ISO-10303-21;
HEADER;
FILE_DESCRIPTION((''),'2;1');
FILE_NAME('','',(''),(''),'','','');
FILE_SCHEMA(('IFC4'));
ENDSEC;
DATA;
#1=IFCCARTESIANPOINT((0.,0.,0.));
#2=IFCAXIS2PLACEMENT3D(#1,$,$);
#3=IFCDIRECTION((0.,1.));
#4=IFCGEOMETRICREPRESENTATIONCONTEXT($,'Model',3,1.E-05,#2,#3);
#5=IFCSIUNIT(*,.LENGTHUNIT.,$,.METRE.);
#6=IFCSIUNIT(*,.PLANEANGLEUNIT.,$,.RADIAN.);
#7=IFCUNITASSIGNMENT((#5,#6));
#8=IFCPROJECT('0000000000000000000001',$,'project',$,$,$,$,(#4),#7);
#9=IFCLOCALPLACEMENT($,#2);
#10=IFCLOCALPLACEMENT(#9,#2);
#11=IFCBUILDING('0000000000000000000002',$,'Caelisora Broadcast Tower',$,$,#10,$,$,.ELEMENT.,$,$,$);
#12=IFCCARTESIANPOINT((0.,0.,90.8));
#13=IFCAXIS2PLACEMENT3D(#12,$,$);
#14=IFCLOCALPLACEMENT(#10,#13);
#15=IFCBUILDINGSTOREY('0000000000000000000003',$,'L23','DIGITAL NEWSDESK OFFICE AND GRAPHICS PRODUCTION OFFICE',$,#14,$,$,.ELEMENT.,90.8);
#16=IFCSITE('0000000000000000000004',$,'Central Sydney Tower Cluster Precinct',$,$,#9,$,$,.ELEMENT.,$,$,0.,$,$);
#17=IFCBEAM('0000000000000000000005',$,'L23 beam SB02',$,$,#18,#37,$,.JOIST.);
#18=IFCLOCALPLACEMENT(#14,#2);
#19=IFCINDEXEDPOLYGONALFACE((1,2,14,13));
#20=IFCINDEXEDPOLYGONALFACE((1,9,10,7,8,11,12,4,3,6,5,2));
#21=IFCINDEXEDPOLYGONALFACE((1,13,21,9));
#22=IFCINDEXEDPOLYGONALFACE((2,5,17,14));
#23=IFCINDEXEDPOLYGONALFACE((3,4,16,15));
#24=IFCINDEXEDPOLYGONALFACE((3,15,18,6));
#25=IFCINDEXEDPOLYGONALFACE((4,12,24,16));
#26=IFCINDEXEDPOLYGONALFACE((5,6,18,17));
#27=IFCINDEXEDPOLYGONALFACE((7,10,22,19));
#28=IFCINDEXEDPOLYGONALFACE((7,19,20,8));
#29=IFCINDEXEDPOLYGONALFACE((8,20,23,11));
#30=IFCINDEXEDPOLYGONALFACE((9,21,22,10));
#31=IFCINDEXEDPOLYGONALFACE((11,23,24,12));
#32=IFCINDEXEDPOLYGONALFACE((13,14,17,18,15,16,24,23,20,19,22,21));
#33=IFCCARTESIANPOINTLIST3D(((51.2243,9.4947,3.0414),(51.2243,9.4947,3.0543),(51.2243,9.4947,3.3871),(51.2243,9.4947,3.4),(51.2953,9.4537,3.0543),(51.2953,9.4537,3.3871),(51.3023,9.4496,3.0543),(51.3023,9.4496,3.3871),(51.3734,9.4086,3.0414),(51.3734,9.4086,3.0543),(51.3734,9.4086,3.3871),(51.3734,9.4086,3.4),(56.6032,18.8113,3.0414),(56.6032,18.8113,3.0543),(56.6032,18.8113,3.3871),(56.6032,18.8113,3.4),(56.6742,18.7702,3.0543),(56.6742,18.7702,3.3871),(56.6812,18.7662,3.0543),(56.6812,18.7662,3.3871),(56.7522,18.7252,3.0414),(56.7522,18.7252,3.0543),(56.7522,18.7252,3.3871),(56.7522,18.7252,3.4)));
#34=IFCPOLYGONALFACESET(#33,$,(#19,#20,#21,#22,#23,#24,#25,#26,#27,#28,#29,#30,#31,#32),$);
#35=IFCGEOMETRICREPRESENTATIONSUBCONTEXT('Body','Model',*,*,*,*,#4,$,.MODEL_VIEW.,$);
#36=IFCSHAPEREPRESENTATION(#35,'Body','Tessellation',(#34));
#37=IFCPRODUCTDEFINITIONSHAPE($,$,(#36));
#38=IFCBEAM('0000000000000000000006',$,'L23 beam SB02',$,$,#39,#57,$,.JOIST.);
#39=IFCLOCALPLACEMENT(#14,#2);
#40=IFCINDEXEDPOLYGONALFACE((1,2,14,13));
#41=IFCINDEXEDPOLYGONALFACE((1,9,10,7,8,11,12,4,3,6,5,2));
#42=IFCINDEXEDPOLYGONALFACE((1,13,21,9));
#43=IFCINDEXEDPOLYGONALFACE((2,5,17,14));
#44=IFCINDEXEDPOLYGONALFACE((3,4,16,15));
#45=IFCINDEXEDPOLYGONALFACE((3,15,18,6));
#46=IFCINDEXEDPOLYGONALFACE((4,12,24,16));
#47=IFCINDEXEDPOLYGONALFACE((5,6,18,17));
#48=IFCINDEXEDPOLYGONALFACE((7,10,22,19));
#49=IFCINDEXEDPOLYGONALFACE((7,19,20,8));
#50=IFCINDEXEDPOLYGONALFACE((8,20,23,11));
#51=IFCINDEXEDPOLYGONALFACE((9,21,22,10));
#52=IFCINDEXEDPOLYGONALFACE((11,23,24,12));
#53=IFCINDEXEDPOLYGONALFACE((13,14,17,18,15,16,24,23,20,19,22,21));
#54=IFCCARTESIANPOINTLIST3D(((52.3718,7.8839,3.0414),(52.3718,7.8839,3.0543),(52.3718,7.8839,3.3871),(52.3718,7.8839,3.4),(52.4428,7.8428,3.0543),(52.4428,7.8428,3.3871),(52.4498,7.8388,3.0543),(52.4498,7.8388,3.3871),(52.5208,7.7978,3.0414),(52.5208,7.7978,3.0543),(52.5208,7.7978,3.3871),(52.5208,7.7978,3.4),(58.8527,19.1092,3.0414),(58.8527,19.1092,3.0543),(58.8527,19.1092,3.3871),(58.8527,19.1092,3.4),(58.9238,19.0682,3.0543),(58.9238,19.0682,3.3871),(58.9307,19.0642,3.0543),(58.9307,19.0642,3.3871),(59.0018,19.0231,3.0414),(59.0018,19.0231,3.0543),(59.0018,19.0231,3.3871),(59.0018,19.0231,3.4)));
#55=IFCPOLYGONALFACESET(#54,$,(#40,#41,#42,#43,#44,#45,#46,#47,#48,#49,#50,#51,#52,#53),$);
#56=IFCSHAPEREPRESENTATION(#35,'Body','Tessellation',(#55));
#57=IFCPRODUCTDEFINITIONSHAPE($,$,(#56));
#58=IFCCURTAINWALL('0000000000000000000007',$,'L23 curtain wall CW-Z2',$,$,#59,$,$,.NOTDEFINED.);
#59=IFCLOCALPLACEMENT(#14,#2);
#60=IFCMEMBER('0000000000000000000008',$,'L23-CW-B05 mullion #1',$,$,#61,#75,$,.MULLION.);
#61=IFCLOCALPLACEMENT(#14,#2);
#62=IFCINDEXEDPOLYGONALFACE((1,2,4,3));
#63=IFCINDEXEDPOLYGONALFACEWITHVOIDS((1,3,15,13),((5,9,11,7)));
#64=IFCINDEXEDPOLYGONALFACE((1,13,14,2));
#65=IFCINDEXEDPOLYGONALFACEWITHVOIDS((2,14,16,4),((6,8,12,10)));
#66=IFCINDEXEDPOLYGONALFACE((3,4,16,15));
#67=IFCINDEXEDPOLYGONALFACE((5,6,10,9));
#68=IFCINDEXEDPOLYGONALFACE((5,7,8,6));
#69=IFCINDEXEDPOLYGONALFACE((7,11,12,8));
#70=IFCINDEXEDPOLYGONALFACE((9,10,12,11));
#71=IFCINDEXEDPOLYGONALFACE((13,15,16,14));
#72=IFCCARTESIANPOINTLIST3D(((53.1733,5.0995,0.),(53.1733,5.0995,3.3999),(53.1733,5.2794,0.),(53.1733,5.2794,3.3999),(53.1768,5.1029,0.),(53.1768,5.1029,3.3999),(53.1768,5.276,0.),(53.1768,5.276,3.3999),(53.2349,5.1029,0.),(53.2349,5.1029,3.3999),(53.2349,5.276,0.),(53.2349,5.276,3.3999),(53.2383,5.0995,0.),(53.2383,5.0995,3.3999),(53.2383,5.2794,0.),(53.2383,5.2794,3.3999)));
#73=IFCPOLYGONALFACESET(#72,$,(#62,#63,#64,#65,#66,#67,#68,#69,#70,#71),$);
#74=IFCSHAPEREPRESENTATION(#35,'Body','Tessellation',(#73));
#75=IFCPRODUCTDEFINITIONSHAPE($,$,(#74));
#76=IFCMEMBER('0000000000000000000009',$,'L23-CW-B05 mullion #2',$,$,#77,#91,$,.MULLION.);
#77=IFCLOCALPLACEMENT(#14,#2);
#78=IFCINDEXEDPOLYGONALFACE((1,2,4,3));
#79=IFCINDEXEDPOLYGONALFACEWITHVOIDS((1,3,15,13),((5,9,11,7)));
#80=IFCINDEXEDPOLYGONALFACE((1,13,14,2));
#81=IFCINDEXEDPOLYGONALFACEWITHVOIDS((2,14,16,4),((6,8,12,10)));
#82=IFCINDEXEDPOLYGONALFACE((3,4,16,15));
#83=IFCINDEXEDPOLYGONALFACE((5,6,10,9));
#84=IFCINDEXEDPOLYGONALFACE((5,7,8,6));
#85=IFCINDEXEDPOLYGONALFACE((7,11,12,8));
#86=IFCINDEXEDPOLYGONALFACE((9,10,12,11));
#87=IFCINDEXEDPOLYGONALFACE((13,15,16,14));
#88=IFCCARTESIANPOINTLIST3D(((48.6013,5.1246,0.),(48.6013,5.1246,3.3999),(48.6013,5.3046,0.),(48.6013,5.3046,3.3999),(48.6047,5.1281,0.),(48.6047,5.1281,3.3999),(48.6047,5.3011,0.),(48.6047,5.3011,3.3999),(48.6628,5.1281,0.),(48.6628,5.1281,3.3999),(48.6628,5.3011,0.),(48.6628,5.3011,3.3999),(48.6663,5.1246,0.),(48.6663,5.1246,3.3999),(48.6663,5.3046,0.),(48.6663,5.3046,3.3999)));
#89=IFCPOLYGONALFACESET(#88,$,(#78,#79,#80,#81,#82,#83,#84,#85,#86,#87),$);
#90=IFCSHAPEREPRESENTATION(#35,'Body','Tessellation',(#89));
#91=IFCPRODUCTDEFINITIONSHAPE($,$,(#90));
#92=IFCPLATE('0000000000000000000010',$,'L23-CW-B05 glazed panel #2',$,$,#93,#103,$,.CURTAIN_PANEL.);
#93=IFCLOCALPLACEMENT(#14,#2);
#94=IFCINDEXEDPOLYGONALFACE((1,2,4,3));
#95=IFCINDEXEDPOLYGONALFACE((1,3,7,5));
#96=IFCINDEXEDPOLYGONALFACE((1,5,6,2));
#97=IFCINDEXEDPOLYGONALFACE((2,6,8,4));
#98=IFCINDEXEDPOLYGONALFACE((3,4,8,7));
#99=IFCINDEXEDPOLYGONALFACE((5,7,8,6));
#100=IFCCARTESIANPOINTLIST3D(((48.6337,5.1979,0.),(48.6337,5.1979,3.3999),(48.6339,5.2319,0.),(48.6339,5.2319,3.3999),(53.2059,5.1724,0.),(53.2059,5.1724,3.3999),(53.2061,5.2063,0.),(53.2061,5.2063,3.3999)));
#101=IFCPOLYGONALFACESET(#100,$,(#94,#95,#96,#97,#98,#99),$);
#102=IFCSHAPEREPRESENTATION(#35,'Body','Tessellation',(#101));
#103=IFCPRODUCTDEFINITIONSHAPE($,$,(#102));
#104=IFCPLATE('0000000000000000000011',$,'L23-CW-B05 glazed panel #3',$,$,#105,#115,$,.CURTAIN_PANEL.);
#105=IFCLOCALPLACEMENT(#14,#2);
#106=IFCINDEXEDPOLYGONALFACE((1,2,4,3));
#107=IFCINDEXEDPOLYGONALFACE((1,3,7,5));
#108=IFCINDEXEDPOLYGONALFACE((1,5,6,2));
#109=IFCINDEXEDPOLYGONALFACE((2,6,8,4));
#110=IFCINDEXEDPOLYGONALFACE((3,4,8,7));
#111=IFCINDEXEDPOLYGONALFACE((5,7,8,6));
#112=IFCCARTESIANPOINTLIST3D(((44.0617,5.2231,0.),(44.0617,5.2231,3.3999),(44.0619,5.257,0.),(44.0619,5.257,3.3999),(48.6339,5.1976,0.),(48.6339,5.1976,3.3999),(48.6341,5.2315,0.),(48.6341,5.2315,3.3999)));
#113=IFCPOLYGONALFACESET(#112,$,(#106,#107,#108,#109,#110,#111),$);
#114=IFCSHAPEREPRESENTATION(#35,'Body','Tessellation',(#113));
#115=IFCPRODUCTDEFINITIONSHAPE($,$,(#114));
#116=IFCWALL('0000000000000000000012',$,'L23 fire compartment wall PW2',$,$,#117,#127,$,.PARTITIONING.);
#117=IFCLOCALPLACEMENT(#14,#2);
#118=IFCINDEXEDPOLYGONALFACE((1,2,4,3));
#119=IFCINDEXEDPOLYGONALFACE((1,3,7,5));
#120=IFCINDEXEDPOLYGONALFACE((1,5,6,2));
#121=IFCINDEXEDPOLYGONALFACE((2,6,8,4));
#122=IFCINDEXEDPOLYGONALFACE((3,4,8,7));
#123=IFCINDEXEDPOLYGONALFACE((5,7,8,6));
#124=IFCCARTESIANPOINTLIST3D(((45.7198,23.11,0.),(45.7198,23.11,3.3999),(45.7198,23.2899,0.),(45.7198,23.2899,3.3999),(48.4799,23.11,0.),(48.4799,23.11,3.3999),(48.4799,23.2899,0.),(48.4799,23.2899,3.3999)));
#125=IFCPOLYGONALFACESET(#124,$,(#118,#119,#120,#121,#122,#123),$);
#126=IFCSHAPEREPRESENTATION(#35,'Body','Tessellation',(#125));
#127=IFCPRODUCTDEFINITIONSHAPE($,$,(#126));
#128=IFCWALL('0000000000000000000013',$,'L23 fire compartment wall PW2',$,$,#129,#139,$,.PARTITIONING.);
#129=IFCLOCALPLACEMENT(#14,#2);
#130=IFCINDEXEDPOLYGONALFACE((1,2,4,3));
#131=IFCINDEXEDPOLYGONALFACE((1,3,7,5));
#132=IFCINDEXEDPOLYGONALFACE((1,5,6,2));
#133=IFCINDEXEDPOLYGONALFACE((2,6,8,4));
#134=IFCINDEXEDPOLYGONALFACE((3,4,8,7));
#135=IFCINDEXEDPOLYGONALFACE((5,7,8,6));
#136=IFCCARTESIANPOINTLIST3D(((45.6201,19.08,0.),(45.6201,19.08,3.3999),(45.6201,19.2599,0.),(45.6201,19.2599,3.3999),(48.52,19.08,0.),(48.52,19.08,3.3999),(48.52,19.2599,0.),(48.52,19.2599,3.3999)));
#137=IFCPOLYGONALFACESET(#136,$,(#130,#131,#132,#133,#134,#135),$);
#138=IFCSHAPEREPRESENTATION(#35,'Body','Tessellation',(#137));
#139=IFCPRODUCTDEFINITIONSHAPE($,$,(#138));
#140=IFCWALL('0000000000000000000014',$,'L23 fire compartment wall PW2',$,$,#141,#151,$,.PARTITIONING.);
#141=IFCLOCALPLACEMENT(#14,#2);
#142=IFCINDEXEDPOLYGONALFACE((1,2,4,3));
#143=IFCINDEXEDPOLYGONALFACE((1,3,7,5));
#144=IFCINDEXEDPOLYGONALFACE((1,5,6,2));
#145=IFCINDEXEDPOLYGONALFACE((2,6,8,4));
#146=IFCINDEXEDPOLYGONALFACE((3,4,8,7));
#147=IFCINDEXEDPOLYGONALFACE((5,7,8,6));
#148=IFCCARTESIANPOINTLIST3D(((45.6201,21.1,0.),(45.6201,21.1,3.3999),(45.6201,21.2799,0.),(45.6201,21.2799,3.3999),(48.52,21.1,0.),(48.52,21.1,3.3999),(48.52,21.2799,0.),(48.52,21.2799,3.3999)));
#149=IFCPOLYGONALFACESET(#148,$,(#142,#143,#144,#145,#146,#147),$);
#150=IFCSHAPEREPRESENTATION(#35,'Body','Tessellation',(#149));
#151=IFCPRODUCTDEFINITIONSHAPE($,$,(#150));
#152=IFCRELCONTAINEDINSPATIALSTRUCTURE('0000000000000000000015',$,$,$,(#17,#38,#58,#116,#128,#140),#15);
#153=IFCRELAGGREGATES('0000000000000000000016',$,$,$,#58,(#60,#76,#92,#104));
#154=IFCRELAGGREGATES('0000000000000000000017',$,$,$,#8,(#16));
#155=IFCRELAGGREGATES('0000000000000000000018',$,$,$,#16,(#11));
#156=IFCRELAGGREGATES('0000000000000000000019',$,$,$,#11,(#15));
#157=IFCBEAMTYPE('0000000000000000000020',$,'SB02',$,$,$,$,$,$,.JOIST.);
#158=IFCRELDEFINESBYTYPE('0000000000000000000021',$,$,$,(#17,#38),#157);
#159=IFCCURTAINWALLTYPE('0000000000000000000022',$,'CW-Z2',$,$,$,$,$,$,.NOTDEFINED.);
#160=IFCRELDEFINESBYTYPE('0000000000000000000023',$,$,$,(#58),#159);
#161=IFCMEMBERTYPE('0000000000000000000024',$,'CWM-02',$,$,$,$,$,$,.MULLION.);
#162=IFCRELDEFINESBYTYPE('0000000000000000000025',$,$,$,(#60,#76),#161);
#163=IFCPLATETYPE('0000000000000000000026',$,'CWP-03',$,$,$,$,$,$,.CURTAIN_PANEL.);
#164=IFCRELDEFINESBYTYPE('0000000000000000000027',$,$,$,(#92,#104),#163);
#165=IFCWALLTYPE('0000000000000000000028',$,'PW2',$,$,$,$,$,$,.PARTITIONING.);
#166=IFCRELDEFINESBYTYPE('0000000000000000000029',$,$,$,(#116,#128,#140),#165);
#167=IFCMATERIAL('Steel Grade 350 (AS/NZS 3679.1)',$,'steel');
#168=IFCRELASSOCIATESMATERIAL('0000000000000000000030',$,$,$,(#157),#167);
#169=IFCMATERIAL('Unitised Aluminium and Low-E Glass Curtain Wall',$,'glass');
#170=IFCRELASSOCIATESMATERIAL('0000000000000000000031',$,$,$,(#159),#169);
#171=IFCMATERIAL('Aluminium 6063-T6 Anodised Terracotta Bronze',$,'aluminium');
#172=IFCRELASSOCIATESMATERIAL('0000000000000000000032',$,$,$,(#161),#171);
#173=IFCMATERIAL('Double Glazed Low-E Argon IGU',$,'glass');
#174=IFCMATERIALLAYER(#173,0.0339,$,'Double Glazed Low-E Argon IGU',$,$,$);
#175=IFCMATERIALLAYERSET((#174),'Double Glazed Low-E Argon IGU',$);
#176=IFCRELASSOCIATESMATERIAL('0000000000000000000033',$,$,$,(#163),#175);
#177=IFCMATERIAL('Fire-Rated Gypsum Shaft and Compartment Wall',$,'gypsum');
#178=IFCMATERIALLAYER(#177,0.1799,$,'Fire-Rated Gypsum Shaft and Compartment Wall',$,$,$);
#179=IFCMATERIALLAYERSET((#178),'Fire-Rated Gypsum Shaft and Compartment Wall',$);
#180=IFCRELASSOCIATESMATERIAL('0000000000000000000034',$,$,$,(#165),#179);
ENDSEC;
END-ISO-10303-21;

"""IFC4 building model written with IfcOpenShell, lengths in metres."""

from ifc_helpers import new_model, si_unit, direction, frame, frame_2d, origin, origin_2d, place, context, subcontext, project, spatial, rectangle, hollow_rectangle, i_section, extrude, source, transform, mapped, material, layer, layer_set, material_profile, profile_set, type_object, type_shapes, element, aggregate, save


model = new_model("IFC4")

# Units and contexts
model_context = context("Model", 3, precision=1e-05, world=origin(), true_north=direction((0.0, 1.0)))
body_context = subcontext(model_context, "Body", "Model", "MODEL_VIEW")
ifc_project = project(units=[si_unit("LENGTHUNIT", "METRE"), si_unit("PLANEANGLEUNIT", "RADIAN")], contexts=[model_context])

# Site, building, storey
site_placement = place(None, origin())
site = spatial("IfcSite", under=ifc_project, at=site_placement, Name="Central Sydney Tower Cluster Precinct", CompositionType="ELEMENT", RefElevation=0.0)
building_placement = place(site_placement, origin())
building = spatial("IfcBuilding", under=site, at=building_placement, Name="Caelisora Broadcast Tower", CompositionType="ELEMENT")
storey_placement = place(building_placement, frame((0.0, 0.0, 90.8)))
storey = spatial("IfcBuildingStorey", under=building, at=storey_placement, Name="L23", Description="DIGITAL NEWSDESK OFFICE AND GRAPHICS PRODUCTION OFFICE", CompositionType="ELEMENT", Elevation=90.8)

# Beams
ifc_material_1 = material(Name="Steel Grade 350 (AS/NZS 3679.1)", Category="steel")
ifc_material_profile_1 = material_profile(ifc_material_1, i_section(OverallWidth=0.1721, OverallDepth=0.3586, WebThickness=0.0081, FlangeThickness=0.0129, at=origin_2d()), Name="Steel Grade 350 (AS/NZS 3679.1)")
ifc_profile_set_1 = profile_set([ifc_material_profile_1], Name="Steel Grade 350 (AS/NZS 3679.1)")
beam_type_1 = type_object("IfcBeamType", Name="SB02", PredefinedType="JOIST", material=ifc_profile_set_1)
shared_shape_1 = source(origin(), body_context, "Body", "SweptSolid", [
    extrude(i_section(OverallWidth=0.1721, OverallDepth=0.3586, WebThickness=0.0081, FlangeThickness=0.0129, at=origin_2d()), origin(), (0.0, 0.0, 1.0), 10.7578),
])
beam_1_placement = place(storey_placement, frame((51.2988, 9.4517, 3.2207), z_axis=(0.499996, 0.866028, 0.0), x_axis=(-0.866028, 0.499996, 0.0)))
element("IfcBeam", 1, at=beam_1_placement, inside=storey, type_object=beam_type_1, Name="L23 beam SB02", PredefinedType="JOIST", context=body_context, shape_type="MappedRepresentation", body=[
    mapped(shared_shape_1, transform((0.0, 0.0, 0.0), scale=1.0)),
])
shared_shape_2 = source(origin(), body_context, "Body", "SweptSolid", [
    extrude(i_section(OverallWidth=0.1721, OverallDepth=0.3586, WebThickness=0.0081, FlangeThickness=0.0129, at=origin_2d()), origin(), (0.0, 0.0, 1.0), 12.9619),
])
beam_2_placement = place(storey_placement, frame((52.4463, 7.8408, 3.2207), z_axis=(0.5, 0.866025, 0.0), x_axis=(-0.866025, 0.5, 0.0)))
element("IfcBeam", 2, at=beam_2_placement, inside=storey, type_object=beam_type_1, Name="L23 beam SB02", PredefinedType="JOIST", context=body_context, shape_type="MappedRepresentation", body=[
    mapped(shared_shape_2, transform((0.0, 0.0, 0.0), scale=1.0)),
])

# Curtain wall, members, plates
ifc_material_2 = material(Name="Unitised Aluminium and Low-E Glass Curtain Wall", Category="glass")
curtain_wall_type = type_object("IfcCurtainWallType", Name="CW-Z2", PredefinedType="NOTDEFINED", material=ifc_material_2)
curtain_wall_placement = place(storey_placement, origin())
curtain_wall = element("IfcCurtainWall", 3, at=curtain_wall_placement, inside=storey, type_object=curtain_wall_type, Name="L23 curtain wall CW-Z2", PredefinedType="NOTDEFINED")
ifc_material_3 = material(Name="Aluminium 6063-T6 Anodised Terracotta Bronze", Category="aluminium")
ifc_material_profile_2 = material_profile(ifc_material_3, hollow_rectangle(XDim=0.0649, YDim=0.1799, WallThickness=0.0034, at=origin_2d()), Name="Aluminium 6063-T6 Anodised Terracotta Bronze")
ifc_profile_set_2 = profile_set([ifc_material_profile_2], Name="Aluminium 6063-T6 Anodised Terracotta Bronze")
member_type = type_object("IfcMemberType", Name="CWM-02", PredefinedType="MULLION", material=ifc_profile_set_2)
shared_shape_3 = source(origin(), body_context, "Body", "SweptSolid", [
    extrude(hollow_rectangle(XDim=0.0649, YDim=0.1799, WallThickness=0.0034, at=origin_2d()), origin(), (0.0, 0.0, 1.0), 3.3999),
])
type_shapes(member_type, [shared_shape_3])
member_1_placement = place(storey_placement, frame((53.2058, 5.1895, 0.0), z_axis=(0.0, 0.0, 1.0), x_axis=(1.0, 0.0, 0.0)))
member_1 = element("IfcMember", 4, at=member_1_placement, type_object=member_type, Name="L23-CW-B05 mullion #1", PredefinedType="MULLION", context=body_context, shape_type="MappedRepresentation", body=[
    mapped(shared_shape_3, transform((0.0, 0.0, 0.0), scale=1.0)),
])
member_2_placement = place(storey_placement, frame((48.6338, 5.2146, 0.0), z_axis=(0.0, 0.0, 1.0), x_axis=(1.0, 0.0, 0.0)))
member_2 = element("IfcMember", 5, at=member_2_placement, type_object=member_type, Name="L23-CW-B05 mullion #2", PredefinedType="MULLION", context=body_context, shape_type="MappedRepresentation", body=[
    mapped(shared_shape_3, transform((0.0, 0.0, 0.0), scale=1.0)),
])
ifc_material_4 = material(Name="Double Glazed Low-E Argon IGU", Category="glass")
ifc_layer_1 = layer(ifc_material_4, 0.0339, Name="Double Glazed Low-E Argon IGU")
ifc_layer_set_1 = layer_set([ifc_layer_1], Name="Double Glazed Low-E Argon IGU")
plate_type = type_object("IfcPlateType", Name="CWP-03", PredefinedType="CURTAIN_PANEL", material=ifc_layer_set_1)
shared_shape_4 = source(origin(), body_context, "Body", "SweptSolid", [
    extrude(rectangle(XDim=4.5723, YDim=0.0339, at=origin_2d()), origin(), (0.0, 0.0, 1.0), 3.3999),
])
type_shapes(plate_type, [shared_shape_4])
plate_1_placement = place(storey_placement, frame((50.9199, 5.2021, 0.0), z_axis=(0.0, 0.0, 1.0), x_axis=(-0.999984, 0.005585, 0.0)))
plate_1 = element("IfcPlate", 6, at=plate_1_placement, type_object=plate_type, Name="L23-CW-B05 glazed panel #2", PredefinedType="CURTAIN_PANEL", context=body_context, shape_type="MappedRepresentation", body=[
    mapped(shared_shape_4, transform((0.0, 0.0, 0.0), scale=1.0)),
])
plate_2_placement = place(storey_placement, frame((46.3479, 5.2273, 0.0), z_axis=(0.0, 0.0, 1.0), x_axis=(-0.999984, 0.005585, 0.0)))
plate_2 = element("IfcPlate", 7, at=plate_2_placement, type_object=plate_type, Name="L23-CW-B05 glazed panel #3", PredefinedType="CURTAIN_PANEL", context=body_context, shape_type="MappedRepresentation", body=[
    mapped(shared_shape_4, transform((0.0, 0.0, 0.0), scale=1.0)),
])
aggregate(curtain_wall, [member_1, member_2, plate_1, plate_2])

# Walls
ifc_material_5 = material(Name="Fire-Rated Gypsum Shaft and Compartment Wall", Category="gypsum")
ifc_layer_2 = layer(ifc_material_5, 0.1799, Name="Fire-Rated Gypsum Shaft and Compartment Wall")
ifc_layer_set_2 = layer_set([ifc_layer_2], Name="Fire-Rated Gypsum Shaft and Compartment Wall")
wall_type_1 = type_object("IfcWallType", Name="PW2", PredefinedType="PARTITIONING", material=ifc_layer_set_2)
wall_1_placement = place(storey_placement, frame((45.72, 23.2, 0.0), z_axis=(0.0, 0.0, 1.0), x_axis=(1.0, 0.0, 0.0)))
element("IfcWall", 8, at=wall_1_placement, inside=storey, type_object=wall_type_1, Name="L23 fire compartment wall PW2", PredefinedType="PARTITIONING", context=body_context, shape_type="SweptSolid", body=[
    extrude(rectangle(XDim=2.76, YDim=0.1799, at=frame_2d((1.3799, 0.0))), origin(), (0.0, 0.0, 1.0), 3.3999),
])
for number, where, z_axis, x_axis, name in (
    (9, (45.6201, 19.1699, 0.0), (0.0, 0.0, 1.0), (1.0, 0.0, 0.0), "L23 fire compartment wall PW2"),
    (10, (45.6201, 21.1899, 0.0), (0.0, 0.0, 1.0), (1.0, 0.0, 0.0), "L23 fire compartment wall PW2"),
):
    element("IfcWall", number, at=place(storey_placement, frame(where, z_axis=z_axis, x_axis=x_axis)), inside=storey, type_object=wall_type_1, Name=name, PredefinedType="PARTITIONING", context=body_context, shape_type="SweptSolid", body=[
        extrude(rectangle(XDim=2.8999, YDim=0.1799, at=frame_2d((1.45, 0.0))), origin(), (0.0, 0.0, 1.0), 3.3999),
    ])

save(model, "model.ifc")
